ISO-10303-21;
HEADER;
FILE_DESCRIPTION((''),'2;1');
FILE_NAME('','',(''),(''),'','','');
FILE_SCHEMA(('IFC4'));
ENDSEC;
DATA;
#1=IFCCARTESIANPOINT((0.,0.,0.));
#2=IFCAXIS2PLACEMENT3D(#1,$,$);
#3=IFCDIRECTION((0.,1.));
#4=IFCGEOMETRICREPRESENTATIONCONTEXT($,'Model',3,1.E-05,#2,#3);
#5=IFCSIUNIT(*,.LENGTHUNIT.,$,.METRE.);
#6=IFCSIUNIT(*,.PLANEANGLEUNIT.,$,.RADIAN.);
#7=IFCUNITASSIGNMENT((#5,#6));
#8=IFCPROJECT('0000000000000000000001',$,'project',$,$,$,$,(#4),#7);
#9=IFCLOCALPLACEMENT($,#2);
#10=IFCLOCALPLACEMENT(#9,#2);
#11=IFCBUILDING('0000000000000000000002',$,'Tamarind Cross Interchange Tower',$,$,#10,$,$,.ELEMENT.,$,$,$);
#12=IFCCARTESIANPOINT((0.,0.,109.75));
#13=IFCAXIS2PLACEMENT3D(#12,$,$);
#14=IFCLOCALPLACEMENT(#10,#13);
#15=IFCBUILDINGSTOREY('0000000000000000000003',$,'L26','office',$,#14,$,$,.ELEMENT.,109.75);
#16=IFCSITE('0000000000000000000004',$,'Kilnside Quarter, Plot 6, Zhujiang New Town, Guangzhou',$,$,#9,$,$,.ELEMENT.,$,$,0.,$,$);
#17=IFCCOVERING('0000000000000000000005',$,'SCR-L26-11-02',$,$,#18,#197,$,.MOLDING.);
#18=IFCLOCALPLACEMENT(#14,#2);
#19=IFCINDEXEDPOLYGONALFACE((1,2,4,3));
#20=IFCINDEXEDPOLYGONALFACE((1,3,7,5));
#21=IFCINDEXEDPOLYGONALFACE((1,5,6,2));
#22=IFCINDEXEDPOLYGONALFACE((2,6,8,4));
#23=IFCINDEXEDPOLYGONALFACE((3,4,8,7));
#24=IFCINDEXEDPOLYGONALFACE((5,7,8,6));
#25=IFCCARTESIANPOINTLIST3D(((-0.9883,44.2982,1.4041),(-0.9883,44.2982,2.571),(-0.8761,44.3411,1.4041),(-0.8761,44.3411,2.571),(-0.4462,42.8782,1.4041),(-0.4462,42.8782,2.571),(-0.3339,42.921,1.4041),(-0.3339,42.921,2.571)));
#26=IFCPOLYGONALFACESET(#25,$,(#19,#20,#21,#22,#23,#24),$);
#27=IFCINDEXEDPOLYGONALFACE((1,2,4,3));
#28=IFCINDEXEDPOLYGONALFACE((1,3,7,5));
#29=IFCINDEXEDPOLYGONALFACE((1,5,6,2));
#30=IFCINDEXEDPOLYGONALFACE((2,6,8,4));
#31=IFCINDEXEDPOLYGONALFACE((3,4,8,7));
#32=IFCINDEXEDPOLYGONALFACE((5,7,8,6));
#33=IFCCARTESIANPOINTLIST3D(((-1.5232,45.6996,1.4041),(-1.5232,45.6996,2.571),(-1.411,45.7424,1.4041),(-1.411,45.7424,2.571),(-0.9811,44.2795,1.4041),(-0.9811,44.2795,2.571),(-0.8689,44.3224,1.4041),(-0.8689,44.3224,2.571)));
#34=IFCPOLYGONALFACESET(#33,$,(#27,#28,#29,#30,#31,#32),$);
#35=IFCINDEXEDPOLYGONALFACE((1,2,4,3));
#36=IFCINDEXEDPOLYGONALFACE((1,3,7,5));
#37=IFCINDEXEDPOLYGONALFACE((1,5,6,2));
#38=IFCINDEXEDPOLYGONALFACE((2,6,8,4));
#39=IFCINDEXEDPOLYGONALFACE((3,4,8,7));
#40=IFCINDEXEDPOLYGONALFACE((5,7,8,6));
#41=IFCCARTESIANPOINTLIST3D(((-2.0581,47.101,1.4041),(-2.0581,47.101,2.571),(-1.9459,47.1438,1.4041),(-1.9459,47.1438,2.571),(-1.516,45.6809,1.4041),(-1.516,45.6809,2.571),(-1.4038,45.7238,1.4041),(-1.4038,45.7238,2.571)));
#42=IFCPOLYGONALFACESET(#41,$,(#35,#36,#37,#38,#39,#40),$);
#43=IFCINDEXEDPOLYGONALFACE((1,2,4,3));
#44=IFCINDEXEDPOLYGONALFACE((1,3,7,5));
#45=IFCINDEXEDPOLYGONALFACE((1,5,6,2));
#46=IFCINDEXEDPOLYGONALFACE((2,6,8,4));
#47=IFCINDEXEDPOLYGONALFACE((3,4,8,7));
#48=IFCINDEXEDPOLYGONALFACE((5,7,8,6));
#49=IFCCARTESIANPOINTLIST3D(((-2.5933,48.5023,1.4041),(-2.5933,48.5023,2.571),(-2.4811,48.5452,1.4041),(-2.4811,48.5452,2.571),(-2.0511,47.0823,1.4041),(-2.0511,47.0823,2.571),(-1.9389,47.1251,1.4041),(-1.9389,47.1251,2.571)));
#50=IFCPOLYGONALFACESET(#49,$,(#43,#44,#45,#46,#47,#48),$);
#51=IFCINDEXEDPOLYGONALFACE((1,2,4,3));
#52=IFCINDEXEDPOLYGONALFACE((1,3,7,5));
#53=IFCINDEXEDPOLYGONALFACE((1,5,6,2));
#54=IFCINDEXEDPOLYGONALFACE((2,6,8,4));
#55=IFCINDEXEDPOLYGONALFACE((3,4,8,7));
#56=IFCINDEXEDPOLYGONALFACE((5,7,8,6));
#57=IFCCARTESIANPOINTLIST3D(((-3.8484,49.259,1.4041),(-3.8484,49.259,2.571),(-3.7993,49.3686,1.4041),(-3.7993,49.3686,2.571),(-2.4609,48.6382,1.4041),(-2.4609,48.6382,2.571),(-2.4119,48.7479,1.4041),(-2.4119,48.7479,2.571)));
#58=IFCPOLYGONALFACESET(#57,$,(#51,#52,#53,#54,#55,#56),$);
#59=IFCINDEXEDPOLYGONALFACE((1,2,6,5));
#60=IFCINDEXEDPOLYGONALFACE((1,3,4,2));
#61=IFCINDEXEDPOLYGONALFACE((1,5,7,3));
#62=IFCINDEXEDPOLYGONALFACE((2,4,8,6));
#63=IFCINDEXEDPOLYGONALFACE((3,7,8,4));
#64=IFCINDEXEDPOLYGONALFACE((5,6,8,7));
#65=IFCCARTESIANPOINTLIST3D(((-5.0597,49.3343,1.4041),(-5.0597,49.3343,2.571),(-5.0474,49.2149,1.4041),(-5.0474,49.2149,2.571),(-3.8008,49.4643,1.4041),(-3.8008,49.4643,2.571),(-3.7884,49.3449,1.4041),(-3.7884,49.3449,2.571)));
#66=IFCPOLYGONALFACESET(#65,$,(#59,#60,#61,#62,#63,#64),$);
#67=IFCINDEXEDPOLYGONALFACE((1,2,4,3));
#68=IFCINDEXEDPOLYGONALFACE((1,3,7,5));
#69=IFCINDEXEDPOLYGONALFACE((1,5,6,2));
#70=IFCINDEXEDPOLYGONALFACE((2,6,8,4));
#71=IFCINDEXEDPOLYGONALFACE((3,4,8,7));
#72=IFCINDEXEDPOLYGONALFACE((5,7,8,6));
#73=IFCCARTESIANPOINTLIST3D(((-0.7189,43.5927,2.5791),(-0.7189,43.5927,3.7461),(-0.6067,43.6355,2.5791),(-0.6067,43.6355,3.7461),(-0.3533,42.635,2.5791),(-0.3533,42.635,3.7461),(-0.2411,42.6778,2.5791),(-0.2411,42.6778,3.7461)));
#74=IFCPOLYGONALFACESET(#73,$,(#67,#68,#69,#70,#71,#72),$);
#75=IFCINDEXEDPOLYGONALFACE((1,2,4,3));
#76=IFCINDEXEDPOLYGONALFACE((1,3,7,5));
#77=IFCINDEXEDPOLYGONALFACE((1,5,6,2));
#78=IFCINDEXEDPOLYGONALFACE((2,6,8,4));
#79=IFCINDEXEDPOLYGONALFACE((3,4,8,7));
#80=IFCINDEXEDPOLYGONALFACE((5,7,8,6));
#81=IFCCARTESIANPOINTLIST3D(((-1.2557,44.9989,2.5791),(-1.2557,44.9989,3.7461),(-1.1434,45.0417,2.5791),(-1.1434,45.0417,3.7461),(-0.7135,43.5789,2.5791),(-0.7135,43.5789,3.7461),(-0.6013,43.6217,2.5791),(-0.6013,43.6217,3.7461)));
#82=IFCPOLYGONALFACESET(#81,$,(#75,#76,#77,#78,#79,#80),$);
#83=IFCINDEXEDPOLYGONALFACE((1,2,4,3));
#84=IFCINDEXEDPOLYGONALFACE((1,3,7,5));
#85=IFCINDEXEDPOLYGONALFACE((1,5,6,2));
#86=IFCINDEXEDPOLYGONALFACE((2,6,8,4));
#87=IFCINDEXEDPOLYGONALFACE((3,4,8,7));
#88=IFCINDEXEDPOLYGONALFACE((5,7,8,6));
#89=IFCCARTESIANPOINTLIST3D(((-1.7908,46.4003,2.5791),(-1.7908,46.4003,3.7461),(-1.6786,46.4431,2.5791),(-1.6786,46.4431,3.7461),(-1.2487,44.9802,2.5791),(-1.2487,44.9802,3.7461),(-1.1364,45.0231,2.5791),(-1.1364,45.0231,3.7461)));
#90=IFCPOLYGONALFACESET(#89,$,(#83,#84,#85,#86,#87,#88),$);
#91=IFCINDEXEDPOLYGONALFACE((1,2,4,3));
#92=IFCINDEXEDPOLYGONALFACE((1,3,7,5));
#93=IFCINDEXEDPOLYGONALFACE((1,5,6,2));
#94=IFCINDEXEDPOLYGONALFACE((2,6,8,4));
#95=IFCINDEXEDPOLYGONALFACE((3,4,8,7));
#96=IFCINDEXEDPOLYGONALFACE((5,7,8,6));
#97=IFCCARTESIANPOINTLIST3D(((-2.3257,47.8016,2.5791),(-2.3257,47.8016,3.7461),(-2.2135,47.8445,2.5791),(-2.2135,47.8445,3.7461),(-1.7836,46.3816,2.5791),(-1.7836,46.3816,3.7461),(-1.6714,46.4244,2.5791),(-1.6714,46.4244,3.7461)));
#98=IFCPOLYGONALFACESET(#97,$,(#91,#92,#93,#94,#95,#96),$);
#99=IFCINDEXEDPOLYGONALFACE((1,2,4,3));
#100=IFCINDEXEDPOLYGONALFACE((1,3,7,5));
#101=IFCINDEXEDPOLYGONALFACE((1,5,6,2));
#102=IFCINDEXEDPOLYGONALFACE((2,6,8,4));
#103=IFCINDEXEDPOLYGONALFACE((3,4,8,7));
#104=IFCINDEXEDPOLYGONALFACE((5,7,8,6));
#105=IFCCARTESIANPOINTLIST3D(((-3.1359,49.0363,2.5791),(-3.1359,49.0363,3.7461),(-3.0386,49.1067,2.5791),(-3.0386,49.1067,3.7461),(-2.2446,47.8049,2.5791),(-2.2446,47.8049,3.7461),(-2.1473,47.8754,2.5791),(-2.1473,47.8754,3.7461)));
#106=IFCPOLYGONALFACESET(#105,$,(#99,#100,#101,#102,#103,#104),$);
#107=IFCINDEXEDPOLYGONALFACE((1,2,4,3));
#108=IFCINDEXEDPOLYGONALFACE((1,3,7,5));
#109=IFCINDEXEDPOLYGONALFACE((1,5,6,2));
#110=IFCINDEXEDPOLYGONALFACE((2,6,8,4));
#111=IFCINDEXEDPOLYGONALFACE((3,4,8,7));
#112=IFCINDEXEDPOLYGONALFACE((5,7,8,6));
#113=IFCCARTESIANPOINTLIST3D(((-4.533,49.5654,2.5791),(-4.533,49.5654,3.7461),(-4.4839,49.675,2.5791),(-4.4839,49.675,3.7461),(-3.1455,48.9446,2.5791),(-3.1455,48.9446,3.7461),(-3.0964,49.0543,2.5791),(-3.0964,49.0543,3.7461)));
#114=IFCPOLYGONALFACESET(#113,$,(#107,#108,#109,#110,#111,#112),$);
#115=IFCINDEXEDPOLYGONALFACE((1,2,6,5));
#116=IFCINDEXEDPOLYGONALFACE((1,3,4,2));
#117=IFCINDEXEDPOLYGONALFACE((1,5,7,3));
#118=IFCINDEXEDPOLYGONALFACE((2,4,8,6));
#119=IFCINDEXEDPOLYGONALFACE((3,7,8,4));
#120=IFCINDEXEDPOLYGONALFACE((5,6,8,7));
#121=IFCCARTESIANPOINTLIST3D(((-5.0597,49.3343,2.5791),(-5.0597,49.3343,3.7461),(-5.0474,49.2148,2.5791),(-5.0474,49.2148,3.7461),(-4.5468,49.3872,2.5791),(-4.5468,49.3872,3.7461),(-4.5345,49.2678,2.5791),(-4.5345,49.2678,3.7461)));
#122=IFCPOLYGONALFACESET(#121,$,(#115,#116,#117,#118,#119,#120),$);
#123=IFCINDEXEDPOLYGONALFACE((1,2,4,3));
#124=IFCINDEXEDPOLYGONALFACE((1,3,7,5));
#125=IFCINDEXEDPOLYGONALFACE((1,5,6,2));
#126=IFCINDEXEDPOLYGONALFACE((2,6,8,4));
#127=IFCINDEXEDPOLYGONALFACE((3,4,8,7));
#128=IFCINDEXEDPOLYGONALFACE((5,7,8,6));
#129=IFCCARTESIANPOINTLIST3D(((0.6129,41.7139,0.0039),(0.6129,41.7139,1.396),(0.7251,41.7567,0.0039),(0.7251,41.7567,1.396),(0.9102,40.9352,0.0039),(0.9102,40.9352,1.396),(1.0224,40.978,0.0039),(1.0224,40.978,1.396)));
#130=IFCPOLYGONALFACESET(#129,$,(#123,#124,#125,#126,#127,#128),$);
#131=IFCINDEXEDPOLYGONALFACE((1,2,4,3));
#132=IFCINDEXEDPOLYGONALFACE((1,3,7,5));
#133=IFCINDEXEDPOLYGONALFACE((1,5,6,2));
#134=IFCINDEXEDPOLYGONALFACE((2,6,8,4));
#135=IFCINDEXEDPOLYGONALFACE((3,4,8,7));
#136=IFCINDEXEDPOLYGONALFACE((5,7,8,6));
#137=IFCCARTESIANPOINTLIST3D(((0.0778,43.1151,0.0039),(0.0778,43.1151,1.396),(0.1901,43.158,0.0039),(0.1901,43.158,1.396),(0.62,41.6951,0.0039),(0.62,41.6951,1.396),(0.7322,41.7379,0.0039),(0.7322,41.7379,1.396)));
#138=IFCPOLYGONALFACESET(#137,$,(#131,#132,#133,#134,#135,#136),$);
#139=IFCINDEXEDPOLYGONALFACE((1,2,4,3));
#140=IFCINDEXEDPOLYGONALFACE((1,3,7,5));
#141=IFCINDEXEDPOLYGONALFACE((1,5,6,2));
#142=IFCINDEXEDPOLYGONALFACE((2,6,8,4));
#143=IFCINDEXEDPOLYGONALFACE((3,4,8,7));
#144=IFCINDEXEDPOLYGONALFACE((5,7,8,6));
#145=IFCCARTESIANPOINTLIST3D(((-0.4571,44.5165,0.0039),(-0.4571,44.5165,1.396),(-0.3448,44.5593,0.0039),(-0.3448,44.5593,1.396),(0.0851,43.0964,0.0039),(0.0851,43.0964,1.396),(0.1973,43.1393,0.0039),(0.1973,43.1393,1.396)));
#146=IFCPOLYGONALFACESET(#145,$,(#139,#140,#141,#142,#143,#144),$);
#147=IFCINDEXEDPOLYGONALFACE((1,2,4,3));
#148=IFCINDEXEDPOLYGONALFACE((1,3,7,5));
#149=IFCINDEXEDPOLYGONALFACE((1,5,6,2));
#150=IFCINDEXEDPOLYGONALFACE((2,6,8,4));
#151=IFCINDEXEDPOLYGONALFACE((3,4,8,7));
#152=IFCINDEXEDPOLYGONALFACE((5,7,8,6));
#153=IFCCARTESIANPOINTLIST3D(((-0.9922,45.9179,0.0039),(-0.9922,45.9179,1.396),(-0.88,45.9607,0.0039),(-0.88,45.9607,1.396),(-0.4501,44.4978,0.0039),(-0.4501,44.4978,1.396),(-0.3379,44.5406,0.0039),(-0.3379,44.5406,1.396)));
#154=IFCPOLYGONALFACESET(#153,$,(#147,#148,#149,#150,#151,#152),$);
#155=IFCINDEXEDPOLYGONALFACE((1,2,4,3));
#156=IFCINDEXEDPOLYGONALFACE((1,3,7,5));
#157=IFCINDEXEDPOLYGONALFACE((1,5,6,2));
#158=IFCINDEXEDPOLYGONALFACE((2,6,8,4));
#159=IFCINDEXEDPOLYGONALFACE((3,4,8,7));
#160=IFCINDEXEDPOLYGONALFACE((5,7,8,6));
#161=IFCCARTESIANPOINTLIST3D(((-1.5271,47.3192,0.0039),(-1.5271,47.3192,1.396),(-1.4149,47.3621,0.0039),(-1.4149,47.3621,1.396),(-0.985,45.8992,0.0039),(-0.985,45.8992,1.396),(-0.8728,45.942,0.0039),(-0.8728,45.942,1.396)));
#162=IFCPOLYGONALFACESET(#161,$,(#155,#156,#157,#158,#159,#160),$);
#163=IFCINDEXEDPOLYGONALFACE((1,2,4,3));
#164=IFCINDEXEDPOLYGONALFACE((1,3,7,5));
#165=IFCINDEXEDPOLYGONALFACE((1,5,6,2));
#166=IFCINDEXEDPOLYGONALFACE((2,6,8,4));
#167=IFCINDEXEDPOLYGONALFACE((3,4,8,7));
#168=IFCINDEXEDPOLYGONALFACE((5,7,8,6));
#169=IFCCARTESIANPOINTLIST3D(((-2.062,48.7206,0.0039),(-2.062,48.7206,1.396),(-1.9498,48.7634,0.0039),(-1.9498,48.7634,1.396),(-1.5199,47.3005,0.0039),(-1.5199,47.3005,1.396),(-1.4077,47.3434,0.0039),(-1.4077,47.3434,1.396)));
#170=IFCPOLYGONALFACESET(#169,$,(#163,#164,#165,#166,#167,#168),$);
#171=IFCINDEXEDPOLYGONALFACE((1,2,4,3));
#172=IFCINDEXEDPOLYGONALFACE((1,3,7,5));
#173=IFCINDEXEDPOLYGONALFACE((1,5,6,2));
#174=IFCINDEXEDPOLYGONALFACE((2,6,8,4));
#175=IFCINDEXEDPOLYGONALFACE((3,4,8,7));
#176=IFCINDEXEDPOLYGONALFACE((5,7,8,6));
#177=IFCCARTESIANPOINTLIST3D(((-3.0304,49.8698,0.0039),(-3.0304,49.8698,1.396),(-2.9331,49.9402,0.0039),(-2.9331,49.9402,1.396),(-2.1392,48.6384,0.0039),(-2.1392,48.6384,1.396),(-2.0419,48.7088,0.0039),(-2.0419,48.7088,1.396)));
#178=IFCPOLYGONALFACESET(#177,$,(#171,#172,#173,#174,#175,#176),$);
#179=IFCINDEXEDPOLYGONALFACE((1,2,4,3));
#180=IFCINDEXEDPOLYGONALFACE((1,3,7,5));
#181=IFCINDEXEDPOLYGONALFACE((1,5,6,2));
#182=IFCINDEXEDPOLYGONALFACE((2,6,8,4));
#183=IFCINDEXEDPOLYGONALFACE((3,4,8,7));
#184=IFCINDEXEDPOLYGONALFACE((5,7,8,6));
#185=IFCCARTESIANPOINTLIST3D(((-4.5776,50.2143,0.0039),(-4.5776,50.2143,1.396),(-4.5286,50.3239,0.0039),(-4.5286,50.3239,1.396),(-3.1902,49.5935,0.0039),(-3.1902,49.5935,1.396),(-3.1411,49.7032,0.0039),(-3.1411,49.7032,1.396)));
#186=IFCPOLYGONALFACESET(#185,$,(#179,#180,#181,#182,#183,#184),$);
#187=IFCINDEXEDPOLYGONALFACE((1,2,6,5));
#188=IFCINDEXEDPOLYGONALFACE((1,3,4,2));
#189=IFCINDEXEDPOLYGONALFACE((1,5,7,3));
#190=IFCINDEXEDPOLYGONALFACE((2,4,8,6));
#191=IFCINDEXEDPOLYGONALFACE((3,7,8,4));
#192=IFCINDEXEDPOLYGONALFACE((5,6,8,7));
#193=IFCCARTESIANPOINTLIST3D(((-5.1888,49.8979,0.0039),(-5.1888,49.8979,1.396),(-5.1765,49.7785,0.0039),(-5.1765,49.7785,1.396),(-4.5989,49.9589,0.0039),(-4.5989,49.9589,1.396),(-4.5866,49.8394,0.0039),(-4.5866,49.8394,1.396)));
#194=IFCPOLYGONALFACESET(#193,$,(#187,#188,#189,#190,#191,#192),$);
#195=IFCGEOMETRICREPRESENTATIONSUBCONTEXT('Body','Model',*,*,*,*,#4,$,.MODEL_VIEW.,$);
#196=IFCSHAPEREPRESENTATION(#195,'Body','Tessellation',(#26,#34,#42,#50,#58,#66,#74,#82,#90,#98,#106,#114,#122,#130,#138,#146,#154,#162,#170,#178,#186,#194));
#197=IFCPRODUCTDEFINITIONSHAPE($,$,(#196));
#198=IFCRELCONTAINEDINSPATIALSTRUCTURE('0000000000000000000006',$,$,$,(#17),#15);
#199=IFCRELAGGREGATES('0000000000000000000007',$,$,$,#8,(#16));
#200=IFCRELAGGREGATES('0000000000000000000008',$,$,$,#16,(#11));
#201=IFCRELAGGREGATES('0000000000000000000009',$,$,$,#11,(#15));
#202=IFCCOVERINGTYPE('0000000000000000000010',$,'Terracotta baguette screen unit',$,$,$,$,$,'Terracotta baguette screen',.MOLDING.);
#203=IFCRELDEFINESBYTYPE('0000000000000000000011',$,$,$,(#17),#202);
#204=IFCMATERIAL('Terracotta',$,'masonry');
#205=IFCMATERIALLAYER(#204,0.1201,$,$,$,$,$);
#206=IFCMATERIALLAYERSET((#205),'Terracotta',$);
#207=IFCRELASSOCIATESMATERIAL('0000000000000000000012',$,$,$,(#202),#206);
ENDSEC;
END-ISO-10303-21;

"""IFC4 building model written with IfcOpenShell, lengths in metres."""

from ifc_helpers import new_model, si_unit, direction, frame, origin, origin_2d, place, context, subcontext, project, spatial, rectangle, extrude, material, layer, layer_set, type_object, element, save


model = new_model("IFC4")

# Units and contexts
model_context = context("Model", 3, precision=1e-05, world=origin(), true_north=direction((0.0, 1.0)))
body_context = subcontext(model_context, "Body", "Model", "MODEL_VIEW")
ifc_project = project(units=[si_unit("LENGTHUNIT", "METRE"), si_unit("PLANEANGLEUNIT", "RADIAN")], contexts=[model_context])

# Site, building, storey
site_placement = place(None, origin())
site = spatial("IfcSite", under=ifc_project, at=site_placement, Name="Kilnside Quarter, Plot 6, Zhujiang New Town, Guangzhou", CompositionType="ELEMENT", RefElevation=0.0)
building_placement = place(site_placement, origin())
building = spatial("IfcBuilding", under=site, at=building_placement, Name="Tamarind Cross Interchange Tower", CompositionType="ELEMENT")
storey_placement = place(building_placement, frame((0.0, 0.0, 109.75)))
storey = spatial("IfcBuildingStorey", under=building, at=storey_placement, Name="L26", Description="office", CompositionType="ELEMENT", Elevation=109.75)

# Covering
ifc_material_1 = material(Name="Terracotta", Category="masonry")
ifc_layer_1 = layer(ifc_material_1, 0.1201)
ifc_layer_set_1 = layer_set([ifc_layer_1], Name="Terracotta")
covering_type = type_object("IfcCoveringType", Name="Terracotta baguette screen unit", ElementType="Terracotta baguette screen", PredefinedType="MOLDING", material=ifc_layer_set_1)
covering_1_placement = place(storey_placement, origin())
element("IfcCovering", 1, at=covering_1_placement, inside=storey, type_object=covering_type, Name="SCR-L26-11-02", PredefinedType="MOLDING", context=body_context, shape_type="SweptSolid", body=[
    extrude(rectangle(XDim=1.52, YDim=0.1201, at=origin_2d()), frame((-0.6611, 43.6096, 1.4041), z_axis=(0.0, 0.0, 1.0), x_axis=(-0.356673, 0.934229, 0.0)), (0.0, 0.0, 1.0), 1.167),
    extrude(rectangle(XDim=1.52, YDim=0.1201, at=origin_2d()), frame((-1.196, 45.011, 1.4041), z_axis=(0.0, 0.0, 1.0), x_axis=(-0.356673, 0.934229, 0.0)), (0.0, 0.0, 1.0), 1.167),
    extrude(rectangle(XDim=1.52, YDim=0.1201, at=origin_2d()), frame((-1.731, 46.4124, 1.4041), z_axis=(0.0, 0.0, 1.0), x_axis=(-0.356673, 0.934229, 0.0)), (0.0, 0.0, 1.0), 1.167),
    extrude(rectangle(XDim=1.52, YDim=0.1201, at=origin_2d()), frame((-2.2661, 47.8137, 1.4041), z_axis=(0.0, 0.0, 1.0), x_axis=(-0.356673, 0.934229, 0.0)), (0.0, 0.0, 1.0), 1.167),
    extrude(rectangle(XDim=1.52, YDim=0.1201, at=origin_2d()), frame((-3.1301, 49.0034, 1.4041), z_axis=(0.0, 0.0, 1.0), x_axis=(-0.912806, 0.408394, 0.0)), (0.0, 0.0, 1.0), 1.167),
    extrude(rectangle(XDim=1.2656, YDim=0.1201, at=origin_2d()), frame((-4.4241, 49.3396, 1.4041), z_axis=(0.0, 0.0, 1.0), x_axis=(-0.99471, -0.102723, 0.0)), (0.0, 0.0, 1.0), 1.167),
    extrude(rectangle(XDim=1.0251, YDim=0.1201, at=origin_2d()), frame((-0.48, 43.1353, 2.5791), z_axis=(0.0, 0.0, 1.0), x_axis=(-0.356673, 0.934229, 0.0)), (0.0, 0.0, 1.0), 1.167),
    extrude(rectangle(XDim=1.52, YDim=0.1201, at=origin_2d()), frame((-0.9285, 44.3103, 2.5791), z_axis=(0.0, 0.0, 1.0), x_axis=(-0.356673, 0.934229, 0.0)), (0.0, 0.0, 1.0), 1.167),
    extrude(rectangle(XDim=1.52, YDim=0.1201, at=origin_2d()), frame((-1.4636, 45.7117, 2.5791), z_axis=(0.0, 0.0, 1.0), x_axis=(-0.356673, 0.934229, 0.0)), (0.0, 0.0, 1.0), 1.167),
    extrude(rectangle(XDim=1.52, YDim=0.1201, at=origin_2d()), frame((-1.9985, 47.113, 2.5791), z_axis=(0.0, 0.0, 1.0), x_axis=(-0.356673, 0.934229, 0.0)), (0.0, 0.0, 1.0), 1.167),
    extrude(rectangle(XDim=1.52, YDim=0.1201, at=origin_2d()), frame((-2.6416, 48.4558, 2.5791), z_axis=(0.0, 0.0, 1.0), x_axis=(-0.586316, 0.810083, 0.0)), (0.0, 0.0, 1.0), 1.167),
    extrude(rectangle(XDim=1.52, YDim=0.1201, at=origin_2d()), frame((-3.8147, 49.3098, 2.5791), z_axis=(0.0, 0.0, 1.0), x_axis=(-0.912806, 0.408394, 0.0)), (0.0, 0.0, 1.0), 1.167),
    extrude(rectangle(XDim=0.5156, YDim=0.1201, at=origin_2d()), frame((-4.7971, 49.301, 2.5791), z_axis=(0.0, 0.0, 1.0), x_axis=(-0.99471, -0.102723, 0.0)), (0.0, 0.0, 1.0), 1.167),
    extrude(rectangle(XDim=0.8335, YDim=0.1201, at=origin_2d()), frame((0.8176, 41.3459, 0.0039), z_axis=(0.0, 0.0, 1.0), x_axis=(-0.356673, 0.934229, 0.0)), (0.0, 0.0, 1.0), 1.3921),
    extrude(rectangle(XDim=1.52, YDim=0.1201, at=origin_2d()), frame((0.405, 42.4265, 0.0039), z_axis=(0.0, 0.0, 1.0), x_axis=(-0.356673, 0.934229, 0.0)), (0.0, 0.0, 1.0), 1.3921),
    extrude(rectangle(XDim=1.52, YDim=0.1201, at=origin_2d()), frame((-0.1299, 43.8279, 0.0039), z_axis=(0.0, 0.0, 1.0), x_axis=(-0.356673, 0.934229, 0.0)), (0.0, 0.0, 1.0), 1.3921),
    extrude(rectangle(XDim=1.52, YDim=0.1201, at=origin_2d()), frame((-0.665, 45.2292, 0.0039), z_axis=(0.0, 0.0, 1.0), x_axis=(-0.356673, 0.934229, 0.0)), (0.0, 0.0, 1.0), 1.3921),
    extrude(rectangle(XDim=1.52, YDim=0.1201, at=origin_2d()), frame((-1.2, 46.6306, 0.0039), z_axis=(0.0, 0.0, 1.0), x_axis=(-0.356673, 0.934229, 0.0)), (0.0, 0.0, 1.0), 1.3921),
    extrude(rectangle(XDim=1.52, YDim=0.1201, at=origin_2d()), frame((-1.7349, 48.032, 0.0039), z_axis=(0.0, 0.0, 1.0), x_axis=(-0.356673, 0.934229, 0.0)), (0.0, 0.0, 1.0), 1.3921),
    extrude(rectangle(XDim=1.52, YDim=0.1201, at=origin_2d()), frame((-2.5361, 49.2893, 0.0039), z_axis=(0.0, 0.0, 1.0), x_axis=(-0.586316, 0.810083, 0.0)), (0.0, 0.0, 1.0), 1.3921),
    extrude(rectangle(XDim=1.52, YDim=0.1201, at=origin_2d()), frame((-3.8594, 49.9587, 0.0039), z_axis=(0.0, 0.0, 1.0), x_axis=(-0.912806, 0.408394, 0.0)), (0.0, 0.0, 1.0), 1.3921),
    extrude(rectangle(XDim=0.593, YDim=0.1201, at=origin_2d()), frame((-4.8877, 49.8687, 0.0039), z_axis=(0.0, 0.0, 1.0), x_axis=(-0.99471, -0.102723, 0.0)), (0.0, 0.0, 1.0), 1.3921),
])

save(model, "model.ifc")
